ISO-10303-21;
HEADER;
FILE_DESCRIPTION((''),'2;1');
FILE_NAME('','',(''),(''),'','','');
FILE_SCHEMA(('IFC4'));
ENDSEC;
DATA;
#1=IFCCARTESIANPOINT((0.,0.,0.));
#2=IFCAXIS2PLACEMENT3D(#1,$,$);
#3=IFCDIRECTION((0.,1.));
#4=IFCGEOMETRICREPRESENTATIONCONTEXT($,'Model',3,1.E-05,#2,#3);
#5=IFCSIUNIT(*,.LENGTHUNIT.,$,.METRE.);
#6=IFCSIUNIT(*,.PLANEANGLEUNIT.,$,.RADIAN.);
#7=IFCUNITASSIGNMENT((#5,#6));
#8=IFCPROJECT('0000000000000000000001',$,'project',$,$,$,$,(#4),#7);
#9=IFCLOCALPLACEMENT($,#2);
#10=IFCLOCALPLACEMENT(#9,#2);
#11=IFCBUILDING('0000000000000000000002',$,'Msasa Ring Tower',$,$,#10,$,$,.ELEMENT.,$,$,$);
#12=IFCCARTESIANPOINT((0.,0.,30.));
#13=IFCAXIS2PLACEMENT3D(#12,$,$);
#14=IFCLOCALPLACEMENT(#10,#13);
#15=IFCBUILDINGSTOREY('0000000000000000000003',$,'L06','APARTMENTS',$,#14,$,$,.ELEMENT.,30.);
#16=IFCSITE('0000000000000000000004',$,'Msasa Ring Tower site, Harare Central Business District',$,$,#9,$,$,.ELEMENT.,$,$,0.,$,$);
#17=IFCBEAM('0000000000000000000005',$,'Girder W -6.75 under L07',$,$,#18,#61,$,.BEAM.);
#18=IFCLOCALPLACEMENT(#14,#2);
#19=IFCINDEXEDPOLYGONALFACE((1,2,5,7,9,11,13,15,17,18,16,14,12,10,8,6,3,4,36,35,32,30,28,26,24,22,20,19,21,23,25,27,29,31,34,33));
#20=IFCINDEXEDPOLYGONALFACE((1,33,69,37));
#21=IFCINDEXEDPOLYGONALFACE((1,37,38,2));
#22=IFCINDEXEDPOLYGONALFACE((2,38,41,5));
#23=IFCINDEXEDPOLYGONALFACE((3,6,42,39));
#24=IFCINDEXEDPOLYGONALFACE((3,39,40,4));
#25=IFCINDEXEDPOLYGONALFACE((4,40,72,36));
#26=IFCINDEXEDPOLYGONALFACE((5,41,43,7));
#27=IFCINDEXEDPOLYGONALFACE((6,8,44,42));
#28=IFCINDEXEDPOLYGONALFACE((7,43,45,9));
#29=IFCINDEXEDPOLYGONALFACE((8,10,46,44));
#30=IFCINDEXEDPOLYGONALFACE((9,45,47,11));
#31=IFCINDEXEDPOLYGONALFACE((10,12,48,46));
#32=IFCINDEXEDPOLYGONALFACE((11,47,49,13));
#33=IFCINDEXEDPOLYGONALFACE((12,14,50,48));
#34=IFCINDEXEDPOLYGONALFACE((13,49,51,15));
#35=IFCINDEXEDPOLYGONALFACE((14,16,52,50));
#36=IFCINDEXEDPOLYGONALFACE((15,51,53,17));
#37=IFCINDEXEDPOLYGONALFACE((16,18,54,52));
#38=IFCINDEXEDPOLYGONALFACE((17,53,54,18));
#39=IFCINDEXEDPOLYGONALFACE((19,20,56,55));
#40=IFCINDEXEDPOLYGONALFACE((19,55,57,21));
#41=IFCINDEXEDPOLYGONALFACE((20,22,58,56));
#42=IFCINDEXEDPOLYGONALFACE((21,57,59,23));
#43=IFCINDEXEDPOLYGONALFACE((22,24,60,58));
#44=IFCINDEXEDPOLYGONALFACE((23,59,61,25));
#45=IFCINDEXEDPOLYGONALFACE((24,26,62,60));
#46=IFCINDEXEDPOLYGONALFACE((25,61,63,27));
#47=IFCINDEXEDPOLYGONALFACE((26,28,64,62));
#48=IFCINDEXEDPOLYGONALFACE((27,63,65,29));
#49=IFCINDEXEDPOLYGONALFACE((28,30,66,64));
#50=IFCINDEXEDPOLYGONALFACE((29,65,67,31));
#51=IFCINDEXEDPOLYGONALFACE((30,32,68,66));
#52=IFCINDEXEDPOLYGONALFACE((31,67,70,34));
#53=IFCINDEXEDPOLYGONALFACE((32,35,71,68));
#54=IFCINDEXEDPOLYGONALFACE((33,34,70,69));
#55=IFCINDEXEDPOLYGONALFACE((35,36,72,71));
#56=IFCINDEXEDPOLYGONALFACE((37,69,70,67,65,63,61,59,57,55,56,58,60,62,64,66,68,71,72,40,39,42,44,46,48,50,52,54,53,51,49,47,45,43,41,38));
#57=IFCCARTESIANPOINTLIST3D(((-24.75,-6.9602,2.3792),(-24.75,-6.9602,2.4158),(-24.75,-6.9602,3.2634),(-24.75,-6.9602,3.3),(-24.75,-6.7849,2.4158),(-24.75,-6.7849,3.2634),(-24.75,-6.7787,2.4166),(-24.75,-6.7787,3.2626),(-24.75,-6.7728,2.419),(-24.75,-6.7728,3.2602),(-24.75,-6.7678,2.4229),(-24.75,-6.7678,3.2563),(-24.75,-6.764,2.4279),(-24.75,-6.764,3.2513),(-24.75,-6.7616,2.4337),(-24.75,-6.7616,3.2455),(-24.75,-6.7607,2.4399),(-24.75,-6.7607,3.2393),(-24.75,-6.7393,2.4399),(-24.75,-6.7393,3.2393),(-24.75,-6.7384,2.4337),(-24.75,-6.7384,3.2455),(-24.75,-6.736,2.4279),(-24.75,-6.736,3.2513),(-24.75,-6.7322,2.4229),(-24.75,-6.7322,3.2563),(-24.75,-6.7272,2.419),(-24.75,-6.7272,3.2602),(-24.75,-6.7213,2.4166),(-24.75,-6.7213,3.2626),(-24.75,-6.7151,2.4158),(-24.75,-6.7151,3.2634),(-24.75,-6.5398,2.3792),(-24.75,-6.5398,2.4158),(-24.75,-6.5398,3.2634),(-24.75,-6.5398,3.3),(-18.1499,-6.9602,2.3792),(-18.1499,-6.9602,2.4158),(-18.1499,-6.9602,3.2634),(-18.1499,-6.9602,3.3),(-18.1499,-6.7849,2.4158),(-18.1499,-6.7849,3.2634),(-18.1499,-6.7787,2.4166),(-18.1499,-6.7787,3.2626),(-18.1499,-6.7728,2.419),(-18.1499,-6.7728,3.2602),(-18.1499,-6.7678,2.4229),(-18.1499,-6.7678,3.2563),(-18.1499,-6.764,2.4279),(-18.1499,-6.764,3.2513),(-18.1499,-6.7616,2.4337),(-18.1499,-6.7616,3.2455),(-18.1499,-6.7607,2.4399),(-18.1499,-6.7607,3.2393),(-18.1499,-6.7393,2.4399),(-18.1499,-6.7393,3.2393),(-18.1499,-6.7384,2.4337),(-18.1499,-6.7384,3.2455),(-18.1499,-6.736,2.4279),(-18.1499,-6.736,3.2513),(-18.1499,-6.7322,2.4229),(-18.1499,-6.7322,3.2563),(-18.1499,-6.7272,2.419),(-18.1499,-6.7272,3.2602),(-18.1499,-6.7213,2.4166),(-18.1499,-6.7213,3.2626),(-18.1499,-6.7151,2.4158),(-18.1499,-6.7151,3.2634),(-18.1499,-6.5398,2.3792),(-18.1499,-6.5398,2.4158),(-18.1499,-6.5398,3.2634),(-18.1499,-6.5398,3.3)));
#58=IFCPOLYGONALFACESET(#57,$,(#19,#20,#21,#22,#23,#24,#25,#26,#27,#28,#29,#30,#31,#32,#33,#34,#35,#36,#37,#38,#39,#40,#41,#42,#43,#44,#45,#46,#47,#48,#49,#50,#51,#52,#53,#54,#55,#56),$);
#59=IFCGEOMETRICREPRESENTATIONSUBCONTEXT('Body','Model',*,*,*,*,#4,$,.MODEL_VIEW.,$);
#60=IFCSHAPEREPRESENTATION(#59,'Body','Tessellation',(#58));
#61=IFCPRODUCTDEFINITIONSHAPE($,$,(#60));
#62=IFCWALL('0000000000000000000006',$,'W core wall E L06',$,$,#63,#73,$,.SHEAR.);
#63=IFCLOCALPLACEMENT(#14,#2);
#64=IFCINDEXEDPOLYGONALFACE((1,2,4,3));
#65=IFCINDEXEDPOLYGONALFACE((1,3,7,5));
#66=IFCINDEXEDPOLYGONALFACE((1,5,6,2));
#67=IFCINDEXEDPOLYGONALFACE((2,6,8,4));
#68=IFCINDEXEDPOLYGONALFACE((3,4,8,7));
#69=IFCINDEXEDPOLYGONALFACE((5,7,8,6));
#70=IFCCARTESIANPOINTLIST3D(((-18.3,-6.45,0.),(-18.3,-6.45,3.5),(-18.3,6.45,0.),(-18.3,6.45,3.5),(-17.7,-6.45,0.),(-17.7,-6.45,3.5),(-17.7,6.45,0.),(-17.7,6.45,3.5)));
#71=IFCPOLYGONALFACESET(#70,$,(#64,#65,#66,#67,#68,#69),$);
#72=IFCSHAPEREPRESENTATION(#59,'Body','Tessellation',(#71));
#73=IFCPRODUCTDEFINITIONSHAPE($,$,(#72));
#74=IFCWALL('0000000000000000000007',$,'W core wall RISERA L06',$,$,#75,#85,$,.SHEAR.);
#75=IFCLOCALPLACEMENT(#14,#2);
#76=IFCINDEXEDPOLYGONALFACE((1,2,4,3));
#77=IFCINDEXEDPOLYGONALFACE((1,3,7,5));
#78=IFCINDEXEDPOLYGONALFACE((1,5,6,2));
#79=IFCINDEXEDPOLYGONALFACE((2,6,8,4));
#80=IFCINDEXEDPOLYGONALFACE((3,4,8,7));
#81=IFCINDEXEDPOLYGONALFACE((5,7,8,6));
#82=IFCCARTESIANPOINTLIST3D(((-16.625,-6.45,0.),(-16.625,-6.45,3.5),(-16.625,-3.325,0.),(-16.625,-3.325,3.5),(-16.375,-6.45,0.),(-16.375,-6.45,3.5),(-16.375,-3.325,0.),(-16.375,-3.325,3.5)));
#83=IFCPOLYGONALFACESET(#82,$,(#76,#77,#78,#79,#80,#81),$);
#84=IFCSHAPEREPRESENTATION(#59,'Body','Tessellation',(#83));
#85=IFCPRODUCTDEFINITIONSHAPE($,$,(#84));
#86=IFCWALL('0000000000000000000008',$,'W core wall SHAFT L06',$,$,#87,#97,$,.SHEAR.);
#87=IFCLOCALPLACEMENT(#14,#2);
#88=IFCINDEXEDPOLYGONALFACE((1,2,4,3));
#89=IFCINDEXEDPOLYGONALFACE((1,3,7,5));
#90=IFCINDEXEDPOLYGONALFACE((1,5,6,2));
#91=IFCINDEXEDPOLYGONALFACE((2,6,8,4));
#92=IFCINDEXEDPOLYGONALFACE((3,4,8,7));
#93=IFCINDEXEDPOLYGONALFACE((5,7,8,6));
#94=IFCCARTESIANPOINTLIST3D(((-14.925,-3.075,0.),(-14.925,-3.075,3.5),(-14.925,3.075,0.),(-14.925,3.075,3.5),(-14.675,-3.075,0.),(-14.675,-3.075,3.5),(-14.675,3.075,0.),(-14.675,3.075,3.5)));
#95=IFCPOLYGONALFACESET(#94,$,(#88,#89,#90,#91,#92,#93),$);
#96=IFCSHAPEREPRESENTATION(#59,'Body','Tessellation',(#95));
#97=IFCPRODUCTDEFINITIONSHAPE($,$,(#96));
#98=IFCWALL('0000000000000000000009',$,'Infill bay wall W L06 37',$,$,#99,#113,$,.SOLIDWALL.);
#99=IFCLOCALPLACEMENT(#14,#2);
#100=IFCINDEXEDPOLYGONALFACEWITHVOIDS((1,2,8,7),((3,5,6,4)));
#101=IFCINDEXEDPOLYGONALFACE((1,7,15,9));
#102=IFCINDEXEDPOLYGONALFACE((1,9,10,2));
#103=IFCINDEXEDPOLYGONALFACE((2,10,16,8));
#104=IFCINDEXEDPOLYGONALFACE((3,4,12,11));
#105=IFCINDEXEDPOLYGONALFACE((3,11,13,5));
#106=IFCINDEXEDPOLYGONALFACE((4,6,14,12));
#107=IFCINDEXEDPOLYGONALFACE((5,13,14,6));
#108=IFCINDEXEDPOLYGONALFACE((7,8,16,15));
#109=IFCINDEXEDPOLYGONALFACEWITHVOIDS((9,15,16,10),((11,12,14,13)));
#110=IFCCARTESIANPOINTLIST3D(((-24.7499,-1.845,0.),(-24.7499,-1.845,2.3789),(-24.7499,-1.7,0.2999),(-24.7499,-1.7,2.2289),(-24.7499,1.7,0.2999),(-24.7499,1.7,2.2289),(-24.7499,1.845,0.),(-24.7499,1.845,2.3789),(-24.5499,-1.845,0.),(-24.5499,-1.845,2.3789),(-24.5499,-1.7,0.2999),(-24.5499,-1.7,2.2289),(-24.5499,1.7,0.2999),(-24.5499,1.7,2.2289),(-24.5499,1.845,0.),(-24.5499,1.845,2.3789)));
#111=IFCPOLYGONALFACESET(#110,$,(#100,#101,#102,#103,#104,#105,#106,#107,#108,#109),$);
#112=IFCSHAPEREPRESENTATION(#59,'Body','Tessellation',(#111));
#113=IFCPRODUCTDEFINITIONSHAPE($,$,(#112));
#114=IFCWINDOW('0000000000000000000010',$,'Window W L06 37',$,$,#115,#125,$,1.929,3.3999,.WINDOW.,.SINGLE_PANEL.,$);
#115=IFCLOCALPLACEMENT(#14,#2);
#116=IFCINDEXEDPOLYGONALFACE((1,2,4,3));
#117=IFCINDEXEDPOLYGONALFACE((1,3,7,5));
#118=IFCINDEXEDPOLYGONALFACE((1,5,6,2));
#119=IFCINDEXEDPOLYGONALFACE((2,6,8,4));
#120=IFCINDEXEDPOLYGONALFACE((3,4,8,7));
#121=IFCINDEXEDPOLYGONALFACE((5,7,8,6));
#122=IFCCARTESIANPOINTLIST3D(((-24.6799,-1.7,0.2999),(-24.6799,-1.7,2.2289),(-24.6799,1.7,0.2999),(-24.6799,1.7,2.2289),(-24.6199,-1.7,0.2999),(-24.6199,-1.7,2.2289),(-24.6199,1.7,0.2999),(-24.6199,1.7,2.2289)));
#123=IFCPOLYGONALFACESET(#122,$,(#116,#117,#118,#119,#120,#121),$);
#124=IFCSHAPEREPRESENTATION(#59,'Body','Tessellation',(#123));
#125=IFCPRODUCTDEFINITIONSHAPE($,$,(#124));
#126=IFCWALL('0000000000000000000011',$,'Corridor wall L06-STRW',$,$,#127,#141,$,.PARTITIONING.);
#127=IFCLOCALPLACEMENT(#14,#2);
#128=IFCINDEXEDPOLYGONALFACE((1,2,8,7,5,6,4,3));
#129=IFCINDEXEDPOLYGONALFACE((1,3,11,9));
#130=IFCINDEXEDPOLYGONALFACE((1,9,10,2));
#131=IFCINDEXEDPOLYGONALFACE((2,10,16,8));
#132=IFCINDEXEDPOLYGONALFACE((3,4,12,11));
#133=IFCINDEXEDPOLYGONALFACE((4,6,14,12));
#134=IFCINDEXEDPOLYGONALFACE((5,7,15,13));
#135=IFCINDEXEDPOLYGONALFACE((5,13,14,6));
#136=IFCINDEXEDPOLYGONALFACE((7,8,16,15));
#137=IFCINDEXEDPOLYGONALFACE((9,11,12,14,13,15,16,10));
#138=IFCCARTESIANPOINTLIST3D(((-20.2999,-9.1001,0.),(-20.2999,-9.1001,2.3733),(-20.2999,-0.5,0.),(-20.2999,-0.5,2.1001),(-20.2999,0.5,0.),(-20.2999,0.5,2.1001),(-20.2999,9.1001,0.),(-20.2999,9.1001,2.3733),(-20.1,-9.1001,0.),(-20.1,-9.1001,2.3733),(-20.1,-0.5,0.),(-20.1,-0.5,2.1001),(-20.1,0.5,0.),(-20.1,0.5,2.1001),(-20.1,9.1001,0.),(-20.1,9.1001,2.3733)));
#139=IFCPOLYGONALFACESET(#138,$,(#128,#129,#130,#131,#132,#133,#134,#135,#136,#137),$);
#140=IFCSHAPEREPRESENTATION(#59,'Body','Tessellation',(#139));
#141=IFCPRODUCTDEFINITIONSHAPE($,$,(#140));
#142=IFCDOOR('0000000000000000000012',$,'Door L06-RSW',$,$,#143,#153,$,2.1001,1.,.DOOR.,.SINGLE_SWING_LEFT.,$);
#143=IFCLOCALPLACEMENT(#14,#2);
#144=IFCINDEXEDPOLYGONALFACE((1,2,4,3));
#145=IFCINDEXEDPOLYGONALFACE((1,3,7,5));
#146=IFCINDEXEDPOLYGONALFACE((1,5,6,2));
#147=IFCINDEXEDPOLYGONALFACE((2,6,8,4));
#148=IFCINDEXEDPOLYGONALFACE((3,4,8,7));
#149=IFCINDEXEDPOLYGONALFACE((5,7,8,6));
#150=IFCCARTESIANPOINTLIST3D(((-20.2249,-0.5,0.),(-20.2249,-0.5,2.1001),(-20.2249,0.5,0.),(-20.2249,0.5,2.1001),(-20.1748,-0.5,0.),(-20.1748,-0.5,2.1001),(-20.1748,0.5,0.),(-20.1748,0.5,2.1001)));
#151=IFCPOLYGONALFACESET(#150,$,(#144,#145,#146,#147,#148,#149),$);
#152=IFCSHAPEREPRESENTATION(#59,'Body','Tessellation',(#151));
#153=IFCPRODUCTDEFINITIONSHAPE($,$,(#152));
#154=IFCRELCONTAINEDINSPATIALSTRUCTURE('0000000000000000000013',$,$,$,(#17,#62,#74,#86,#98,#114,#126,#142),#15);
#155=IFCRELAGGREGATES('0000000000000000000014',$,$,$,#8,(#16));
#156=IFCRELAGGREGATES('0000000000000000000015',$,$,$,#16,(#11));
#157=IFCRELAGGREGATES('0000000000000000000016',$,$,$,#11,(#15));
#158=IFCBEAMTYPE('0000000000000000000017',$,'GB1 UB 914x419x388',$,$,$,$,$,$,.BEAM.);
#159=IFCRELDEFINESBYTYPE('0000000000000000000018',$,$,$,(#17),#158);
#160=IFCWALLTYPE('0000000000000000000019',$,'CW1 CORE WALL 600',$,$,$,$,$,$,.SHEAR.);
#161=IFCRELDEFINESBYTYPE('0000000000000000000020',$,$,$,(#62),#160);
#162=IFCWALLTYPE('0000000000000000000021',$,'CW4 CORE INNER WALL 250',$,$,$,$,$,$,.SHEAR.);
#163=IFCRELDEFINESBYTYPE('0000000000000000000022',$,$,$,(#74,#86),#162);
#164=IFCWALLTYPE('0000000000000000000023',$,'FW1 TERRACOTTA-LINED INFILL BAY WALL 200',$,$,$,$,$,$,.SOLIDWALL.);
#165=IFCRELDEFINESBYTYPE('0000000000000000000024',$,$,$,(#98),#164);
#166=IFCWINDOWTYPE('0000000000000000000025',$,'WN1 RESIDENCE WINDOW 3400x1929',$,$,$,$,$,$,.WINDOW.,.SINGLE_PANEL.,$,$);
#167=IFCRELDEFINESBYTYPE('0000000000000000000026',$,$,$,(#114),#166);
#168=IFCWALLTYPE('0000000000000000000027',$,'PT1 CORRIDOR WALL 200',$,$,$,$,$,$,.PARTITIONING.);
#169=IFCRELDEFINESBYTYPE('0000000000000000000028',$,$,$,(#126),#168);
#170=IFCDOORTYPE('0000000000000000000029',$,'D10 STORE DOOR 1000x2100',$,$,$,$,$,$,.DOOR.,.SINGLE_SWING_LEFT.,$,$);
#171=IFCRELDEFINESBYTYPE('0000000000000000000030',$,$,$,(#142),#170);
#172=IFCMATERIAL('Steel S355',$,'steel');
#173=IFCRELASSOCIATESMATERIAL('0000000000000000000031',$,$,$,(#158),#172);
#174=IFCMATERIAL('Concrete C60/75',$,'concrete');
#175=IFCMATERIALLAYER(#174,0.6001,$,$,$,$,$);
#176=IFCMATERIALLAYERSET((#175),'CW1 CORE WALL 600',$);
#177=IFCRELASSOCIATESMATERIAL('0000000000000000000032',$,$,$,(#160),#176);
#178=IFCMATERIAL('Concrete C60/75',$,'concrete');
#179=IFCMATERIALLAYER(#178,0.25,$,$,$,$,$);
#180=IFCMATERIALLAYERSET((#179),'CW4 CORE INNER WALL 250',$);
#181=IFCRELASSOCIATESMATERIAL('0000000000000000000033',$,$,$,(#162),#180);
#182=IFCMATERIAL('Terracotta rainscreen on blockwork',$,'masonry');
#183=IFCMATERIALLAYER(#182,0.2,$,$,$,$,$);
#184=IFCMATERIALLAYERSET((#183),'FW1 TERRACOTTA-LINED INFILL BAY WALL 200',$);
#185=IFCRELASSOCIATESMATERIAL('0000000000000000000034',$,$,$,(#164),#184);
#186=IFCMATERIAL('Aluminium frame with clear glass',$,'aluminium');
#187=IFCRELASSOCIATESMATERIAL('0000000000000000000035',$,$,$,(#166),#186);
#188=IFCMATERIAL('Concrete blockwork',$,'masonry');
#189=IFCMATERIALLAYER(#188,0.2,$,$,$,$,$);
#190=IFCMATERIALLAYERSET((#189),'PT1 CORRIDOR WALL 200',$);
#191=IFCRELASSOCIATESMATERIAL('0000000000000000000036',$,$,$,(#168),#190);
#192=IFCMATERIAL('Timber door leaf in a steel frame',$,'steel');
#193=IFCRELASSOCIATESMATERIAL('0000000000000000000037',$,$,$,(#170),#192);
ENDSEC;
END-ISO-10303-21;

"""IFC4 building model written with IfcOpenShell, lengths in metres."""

from ifc_helpers import new_model, si_unit, direction, frame, frame_2d, origin, origin_2d, place, context, subcontext, project, spatial, rectangle, i_section, extrude, material, layer, layer_set, material_profile, profile_set, type_object, element, fill, save


model = new_model("IFC4")

# Units and contexts
model_context = context("Model", 3, precision=1e-05, world=origin(), true_north=direction((0.0, 1.0)))
body_context = subcontext(model_context, "Body", "Model", "MODEL_VIEW")
ifc_project = project(units=[si_unit("LENGTHUNIT", "METRE"), si_unit("PLANEANGLEUNIT", "RADIAN")], contexts=[model_context])

# Site, building, storey
site_placement = place(None, origin())
site = spatial("IfcSite", under=ifc_project, at=site_placement, Name="Msasa Ring Tower site, Harare Central Business District", CompositionType="ELEMENT", RefElevation=0.0)
building_placement = place(site_placement, origin())
building = spatial("IfcBuilding", under=site, at=building_placement, Name="Msasa Ring Tower", CompositionType="ELEMENT")
storey_placement = place(building_placement, frame((0.0, 0.0, 30.0)))
storey = spatial("IfcBuildingStorey", under=building, at=storey_placement, Name="L06", Description="APARTMENTS", CompositionType="ELEMENT", Elevation=30.0)

# Beam
ifc_material_1 = material(Name="Steel S355", Category="steel")
ifc_material_profile = material_profile(ifc_material_1, i_section(OverallWidth=0.4204, OverallDepth=0.9209, WebThickness=0.0215, FlangeThickness=0.0366, FilletRadius=0.0242, at=origin_2d()), Name="UB 914x419x388")
ifc_profile_set = profile_set([ifc_material_profile], Name="Steel S355")
beam_type = type_object("IfcBeamType", Name="GB1 UB 914x419x388", PredefinedType="BEAM", material=ifc_profile_set)
beam_placement = place(storey_placement, frame((-18.1499, -6.75, 2.8396), z_axis=(-1.0, 0.0, 0.0), x_axis=(0.0, -1.0, 0.0)))
element("IfcBeam", 1, at=beam_placement, inside=storey, type_object=beam_type, Name="Girder W -6.75 under L07", PredefinedType="BEAM", context=body_context, shape_type="SweptSolid", body=[
    extrude(i_section(OverallWidth=0.4204, OverallDepth=0.9209, WebThickness=0.0215, FlangeThickness=0.0366, FilletRadius=0.0242, at=origin_2d()), origin(), (0.0, 0.0, 1.0), 6.6001),
])

# Walls
ifc_material_2 = material(Name="Concrete C60/75", Category="concrete")
ifc_layer_1 = layer(ifc_material_2, 0.6001)
ifc_layer_set_1 = layer_set([ifc_layer_1], Name="CW1 CORE WALL 600")
wall_type_1 = type_object("IfcWallType", Name="CW1 CORE WALL 600", PredefinedType="SHEAR", material=ifc_layer_set_1)
wall_1_placement = place(storey_placement, frame((-18.0, -6.45, 0.0), z_axis=(0.0, 0.0, 1.0), x_axis=(0.0, 1.0, 0.0)))
element("IfcWall", 2, at=wall_1_placement, inside=storey, type_object=wall_type_1, Name="W core wall E L06", PredefinedType="SHEAR", context=body_context, shape_type="SweptSolid", body=[
    extrude(rectangle(XDim=12.8999, YDim=0.6001, at=frame_2d((6.45, 0.0))), origin(), (0.0, 0.0, 1.0), 3.5),
])
ifc_material_3 = material(Name="Concrete C60/75", Category="concrete")
ifc_layer_2 = layer(ifc_material_3, 0.25)
ifc_layer_set_2 = layer_set([ifc_layer_2], Name="CW4 CORE INNER WALL 250")
wall_type_2 = type_object("IfcWallType", Name="CW4 CORE INNER WALL 250", PredefinedType="SHEAR", material=ifc_layer_set_2)
wall_2_placement = place(storey_placement, frame((-16.5, -6.45, 0.0), z_axis=(0.0, 0.0, 1.0), x_axis=(0.0, 1.0, 0.0)))
element("IfcWall", 3, at=wall_2_placement, inside=storey, type_object=wall_type_2, Name="W core wall RISERA L06", PredefinedType="SHEAR", context=body_context, shape_type="SweptSolid", body=[
    extrude(rectangle(XDim=3.125, YDim=0.25, at=frame_2d((1.5625, 0.0))), origin(), (0.0, 0.0, 1.0), 3.5),
])
wall_3_placement = place(storey_placement, frame((-14.8, -3.075, 0.0), z_axis=(0.0, 0.0, 1.0), x_axis=(0.0, 1.0, 0.0)))
element("IfcWall", 4, at=wall_3_placement, inside=storey, type_object=wall_type_2, Name="W core wall SHAFT L06", PredefinedType="SHEAR", context=body_context, shape_type="SweptSolid", body=[
    extrude(rectangle(XDim=6.1499, YDim=0.25, at=frame_2d((3.075, 0.0))), origin(), (0.0, 0.0, 1.0), 3.5),
])

# Wall, opening, window
ifc_material_4 = material(Name="Terracotta rainscreen on blockwork", Category="masonry")
ifc_layer_3 = layer(ifc_material_4, 0.2)
ifc_layer_set_3 = layer_set([ifc_layer_3], Name="FW1 TERRACOTTA-LINED INFILL BAY WALL 200")
wall_type_3 = type_object("IfcWallType", Name="FW1 TERRACOTTA-LINED INFILL BAY WALL 200", PredefinedType="SOLIDWALL", material=ifc_layer_set_3)
wall_4_placement = place(storey_placement, frame((-24.6499, -1.845, 0.0), z_axis=(0.0, 0.0, 1.0), x_axis=(0.0, 1.0, 0.0)))
wall_4 = element("IfcWall", 5, at=wall_4_placement, inside=storey, type_object=wall_type_3, Name="Infill bay wall W L06 37", PredefinedType="SOLIDWALL", context=body_context, shape_type="SweptSolid", body=[
    extrude(rectangle(XDim=3.6899, YDim=0.2, at=frame_2d((1.845, 0.0))), origin(), (0.0, 0.0, 1.0), 2.3789),
])
opening_1_placement = place(wall_4_placement, frame((0.145, 0.0, 0.3)))
opening_1 = element("IfcOpeningElement", 6, at=opening_1_placement, cuts=wall_4, PredefinedType="OPENING", context=body_context, shape_type="SweptSolid", body=[
    extrude(rectangle(XDim=3.3999, YDim=1.929, at=frame_2d((1.7, 0.9644))), frame((0.0, 0.1099, 0.0), z_axis=(0.0, -1.0, 0.0), x_axis=(1.0, 0.0, 0.0)), (0.0, 0.0, 1.0), 0.22),
])
ifc_material_5 = material(Name="Aluminium frame with clear glass", Category="aluminium")
window_type = type_object("IfcWindowType", Name="WN1 RESIDENCE WINDOW 3400x1929", PartitioningType="SINGLE_PANEL", PredefinedType="WINDOW", material=ifc_material_5)
window_placement = place(opening_1_placement, origin())
window = element("IfcWindow", 7, at=window_placement, inside=storey, type_object=window_type, Name="Window W L06 37", OverallHeight=1.929, OverallWidth=3.3999, PartitioningType="SINGLE_PANEL", PredefinedType="WINDOW", context=body_context, shape_type="SweptSolid", body=[
    extrude(rectangle(XDim=3.3999, YDim=1.929, at=frame_2d((1.7, 0.9644))), frame((0.0, 0.03, 0.0), z_axis=(0.0, -1.0, 0.0), x_axis=(1.0, 0.0, 0.0)), (0.0, 0.0, 1.0), 0.0601),
])
fill(opening_1, window)

# Shared definitions
ifc_material_6 = material(Name="Concrete blockwork", Category="masonry")
ifc_layer_4 = layer(ifc_material_6, 0.2)
ifc_layer_set_4 = layer_set([ifc_layer_4], Name="PT1 CORRIDOR WALL 200")
wall_type_4 = type_object("IfcWallType", Name="PT1 CORRIDOR WALL 200", PredefinedType="PARTITIONING", material=ifc_layer_set_4)

# Wall, opening, door
wall_5_placement = place(storey_placement, frame((-20.2, -9.1001, 0.0), z_axis=(0.0, 0.0, 1.0), x_axis=(0.0, 1.0, 0.0)))
wall_5 = element("IfcWall", 8, at=wall_5_placement, inside=storey, type_object=wall_type_4, Name="Corridor wall L06-STRW", PredefinedType="PARTITIONING", context=body_context, shape_type="SweptSolid", body=[
    extrude(rectangle(XDim=18.2002, YDim=0.2, at=frame_2d((9.1001, 0.0))), origin(), (0.0, 0.0, 1.0), 2.3733),
])
opening_2_placement = place(wall_5_placement, frame((8.6001, 0.0, 0.0)))
opening_2 = element("IfcOpeningElement", 9, at=opening_2_placement, cuts=wall_5, PredefinedType="OPENING", context=body_context, shape_type="SweptSolid", body=[
    extrude(rectangle(XDim=1.0, YDim=2.1001, at=frame_2d((0.5, 1.05))), frame((0.0, 0.1099, 0.0), z_axis=(0.0, -1.0, 0.0), x_axis=(1.0, 0.0, 0.0)), (0.0, 0.0, 1.0), 0.22),
])
ifc_material_7 = material(Name="Timber door leaf in a steel frame", Category="steel")
door_type_1 = type_object("IfcDoorType", Name="D10 STORE DOOR 1000x2100", OperationType="SINGLE_SWING_LEFT", PredefinedType="DOOR", material=ifc_material_7)
door_1_placement = place(opening_2_placement, origin())
door_1 = element("IfcDoor", 10, at=door_1_placement, inside=storey, type_object=door_type_1, Name="Door L06-RSW", OperationType="SINGLE_SWING_LEFT", OverallHeight=2.1001, OverallWidth=1.0, PredefinedType="DOOR", context=body_context, shape_type="SweptSolid", body=[
    extrude(rectangle(XDim=1.0, YDim=2.1001, at=frame_2d((0.5, 1.05))), frame((0.0, 0.0249, 0.0), z_axis=(0.0, -1.0, 0.0), x_axis=(1.0, 0.0, 0.0)), (0.0, 0.0, 1.0), 0.05),
])
fill(opening_2, door_1)

save(model, "model.ifc")
